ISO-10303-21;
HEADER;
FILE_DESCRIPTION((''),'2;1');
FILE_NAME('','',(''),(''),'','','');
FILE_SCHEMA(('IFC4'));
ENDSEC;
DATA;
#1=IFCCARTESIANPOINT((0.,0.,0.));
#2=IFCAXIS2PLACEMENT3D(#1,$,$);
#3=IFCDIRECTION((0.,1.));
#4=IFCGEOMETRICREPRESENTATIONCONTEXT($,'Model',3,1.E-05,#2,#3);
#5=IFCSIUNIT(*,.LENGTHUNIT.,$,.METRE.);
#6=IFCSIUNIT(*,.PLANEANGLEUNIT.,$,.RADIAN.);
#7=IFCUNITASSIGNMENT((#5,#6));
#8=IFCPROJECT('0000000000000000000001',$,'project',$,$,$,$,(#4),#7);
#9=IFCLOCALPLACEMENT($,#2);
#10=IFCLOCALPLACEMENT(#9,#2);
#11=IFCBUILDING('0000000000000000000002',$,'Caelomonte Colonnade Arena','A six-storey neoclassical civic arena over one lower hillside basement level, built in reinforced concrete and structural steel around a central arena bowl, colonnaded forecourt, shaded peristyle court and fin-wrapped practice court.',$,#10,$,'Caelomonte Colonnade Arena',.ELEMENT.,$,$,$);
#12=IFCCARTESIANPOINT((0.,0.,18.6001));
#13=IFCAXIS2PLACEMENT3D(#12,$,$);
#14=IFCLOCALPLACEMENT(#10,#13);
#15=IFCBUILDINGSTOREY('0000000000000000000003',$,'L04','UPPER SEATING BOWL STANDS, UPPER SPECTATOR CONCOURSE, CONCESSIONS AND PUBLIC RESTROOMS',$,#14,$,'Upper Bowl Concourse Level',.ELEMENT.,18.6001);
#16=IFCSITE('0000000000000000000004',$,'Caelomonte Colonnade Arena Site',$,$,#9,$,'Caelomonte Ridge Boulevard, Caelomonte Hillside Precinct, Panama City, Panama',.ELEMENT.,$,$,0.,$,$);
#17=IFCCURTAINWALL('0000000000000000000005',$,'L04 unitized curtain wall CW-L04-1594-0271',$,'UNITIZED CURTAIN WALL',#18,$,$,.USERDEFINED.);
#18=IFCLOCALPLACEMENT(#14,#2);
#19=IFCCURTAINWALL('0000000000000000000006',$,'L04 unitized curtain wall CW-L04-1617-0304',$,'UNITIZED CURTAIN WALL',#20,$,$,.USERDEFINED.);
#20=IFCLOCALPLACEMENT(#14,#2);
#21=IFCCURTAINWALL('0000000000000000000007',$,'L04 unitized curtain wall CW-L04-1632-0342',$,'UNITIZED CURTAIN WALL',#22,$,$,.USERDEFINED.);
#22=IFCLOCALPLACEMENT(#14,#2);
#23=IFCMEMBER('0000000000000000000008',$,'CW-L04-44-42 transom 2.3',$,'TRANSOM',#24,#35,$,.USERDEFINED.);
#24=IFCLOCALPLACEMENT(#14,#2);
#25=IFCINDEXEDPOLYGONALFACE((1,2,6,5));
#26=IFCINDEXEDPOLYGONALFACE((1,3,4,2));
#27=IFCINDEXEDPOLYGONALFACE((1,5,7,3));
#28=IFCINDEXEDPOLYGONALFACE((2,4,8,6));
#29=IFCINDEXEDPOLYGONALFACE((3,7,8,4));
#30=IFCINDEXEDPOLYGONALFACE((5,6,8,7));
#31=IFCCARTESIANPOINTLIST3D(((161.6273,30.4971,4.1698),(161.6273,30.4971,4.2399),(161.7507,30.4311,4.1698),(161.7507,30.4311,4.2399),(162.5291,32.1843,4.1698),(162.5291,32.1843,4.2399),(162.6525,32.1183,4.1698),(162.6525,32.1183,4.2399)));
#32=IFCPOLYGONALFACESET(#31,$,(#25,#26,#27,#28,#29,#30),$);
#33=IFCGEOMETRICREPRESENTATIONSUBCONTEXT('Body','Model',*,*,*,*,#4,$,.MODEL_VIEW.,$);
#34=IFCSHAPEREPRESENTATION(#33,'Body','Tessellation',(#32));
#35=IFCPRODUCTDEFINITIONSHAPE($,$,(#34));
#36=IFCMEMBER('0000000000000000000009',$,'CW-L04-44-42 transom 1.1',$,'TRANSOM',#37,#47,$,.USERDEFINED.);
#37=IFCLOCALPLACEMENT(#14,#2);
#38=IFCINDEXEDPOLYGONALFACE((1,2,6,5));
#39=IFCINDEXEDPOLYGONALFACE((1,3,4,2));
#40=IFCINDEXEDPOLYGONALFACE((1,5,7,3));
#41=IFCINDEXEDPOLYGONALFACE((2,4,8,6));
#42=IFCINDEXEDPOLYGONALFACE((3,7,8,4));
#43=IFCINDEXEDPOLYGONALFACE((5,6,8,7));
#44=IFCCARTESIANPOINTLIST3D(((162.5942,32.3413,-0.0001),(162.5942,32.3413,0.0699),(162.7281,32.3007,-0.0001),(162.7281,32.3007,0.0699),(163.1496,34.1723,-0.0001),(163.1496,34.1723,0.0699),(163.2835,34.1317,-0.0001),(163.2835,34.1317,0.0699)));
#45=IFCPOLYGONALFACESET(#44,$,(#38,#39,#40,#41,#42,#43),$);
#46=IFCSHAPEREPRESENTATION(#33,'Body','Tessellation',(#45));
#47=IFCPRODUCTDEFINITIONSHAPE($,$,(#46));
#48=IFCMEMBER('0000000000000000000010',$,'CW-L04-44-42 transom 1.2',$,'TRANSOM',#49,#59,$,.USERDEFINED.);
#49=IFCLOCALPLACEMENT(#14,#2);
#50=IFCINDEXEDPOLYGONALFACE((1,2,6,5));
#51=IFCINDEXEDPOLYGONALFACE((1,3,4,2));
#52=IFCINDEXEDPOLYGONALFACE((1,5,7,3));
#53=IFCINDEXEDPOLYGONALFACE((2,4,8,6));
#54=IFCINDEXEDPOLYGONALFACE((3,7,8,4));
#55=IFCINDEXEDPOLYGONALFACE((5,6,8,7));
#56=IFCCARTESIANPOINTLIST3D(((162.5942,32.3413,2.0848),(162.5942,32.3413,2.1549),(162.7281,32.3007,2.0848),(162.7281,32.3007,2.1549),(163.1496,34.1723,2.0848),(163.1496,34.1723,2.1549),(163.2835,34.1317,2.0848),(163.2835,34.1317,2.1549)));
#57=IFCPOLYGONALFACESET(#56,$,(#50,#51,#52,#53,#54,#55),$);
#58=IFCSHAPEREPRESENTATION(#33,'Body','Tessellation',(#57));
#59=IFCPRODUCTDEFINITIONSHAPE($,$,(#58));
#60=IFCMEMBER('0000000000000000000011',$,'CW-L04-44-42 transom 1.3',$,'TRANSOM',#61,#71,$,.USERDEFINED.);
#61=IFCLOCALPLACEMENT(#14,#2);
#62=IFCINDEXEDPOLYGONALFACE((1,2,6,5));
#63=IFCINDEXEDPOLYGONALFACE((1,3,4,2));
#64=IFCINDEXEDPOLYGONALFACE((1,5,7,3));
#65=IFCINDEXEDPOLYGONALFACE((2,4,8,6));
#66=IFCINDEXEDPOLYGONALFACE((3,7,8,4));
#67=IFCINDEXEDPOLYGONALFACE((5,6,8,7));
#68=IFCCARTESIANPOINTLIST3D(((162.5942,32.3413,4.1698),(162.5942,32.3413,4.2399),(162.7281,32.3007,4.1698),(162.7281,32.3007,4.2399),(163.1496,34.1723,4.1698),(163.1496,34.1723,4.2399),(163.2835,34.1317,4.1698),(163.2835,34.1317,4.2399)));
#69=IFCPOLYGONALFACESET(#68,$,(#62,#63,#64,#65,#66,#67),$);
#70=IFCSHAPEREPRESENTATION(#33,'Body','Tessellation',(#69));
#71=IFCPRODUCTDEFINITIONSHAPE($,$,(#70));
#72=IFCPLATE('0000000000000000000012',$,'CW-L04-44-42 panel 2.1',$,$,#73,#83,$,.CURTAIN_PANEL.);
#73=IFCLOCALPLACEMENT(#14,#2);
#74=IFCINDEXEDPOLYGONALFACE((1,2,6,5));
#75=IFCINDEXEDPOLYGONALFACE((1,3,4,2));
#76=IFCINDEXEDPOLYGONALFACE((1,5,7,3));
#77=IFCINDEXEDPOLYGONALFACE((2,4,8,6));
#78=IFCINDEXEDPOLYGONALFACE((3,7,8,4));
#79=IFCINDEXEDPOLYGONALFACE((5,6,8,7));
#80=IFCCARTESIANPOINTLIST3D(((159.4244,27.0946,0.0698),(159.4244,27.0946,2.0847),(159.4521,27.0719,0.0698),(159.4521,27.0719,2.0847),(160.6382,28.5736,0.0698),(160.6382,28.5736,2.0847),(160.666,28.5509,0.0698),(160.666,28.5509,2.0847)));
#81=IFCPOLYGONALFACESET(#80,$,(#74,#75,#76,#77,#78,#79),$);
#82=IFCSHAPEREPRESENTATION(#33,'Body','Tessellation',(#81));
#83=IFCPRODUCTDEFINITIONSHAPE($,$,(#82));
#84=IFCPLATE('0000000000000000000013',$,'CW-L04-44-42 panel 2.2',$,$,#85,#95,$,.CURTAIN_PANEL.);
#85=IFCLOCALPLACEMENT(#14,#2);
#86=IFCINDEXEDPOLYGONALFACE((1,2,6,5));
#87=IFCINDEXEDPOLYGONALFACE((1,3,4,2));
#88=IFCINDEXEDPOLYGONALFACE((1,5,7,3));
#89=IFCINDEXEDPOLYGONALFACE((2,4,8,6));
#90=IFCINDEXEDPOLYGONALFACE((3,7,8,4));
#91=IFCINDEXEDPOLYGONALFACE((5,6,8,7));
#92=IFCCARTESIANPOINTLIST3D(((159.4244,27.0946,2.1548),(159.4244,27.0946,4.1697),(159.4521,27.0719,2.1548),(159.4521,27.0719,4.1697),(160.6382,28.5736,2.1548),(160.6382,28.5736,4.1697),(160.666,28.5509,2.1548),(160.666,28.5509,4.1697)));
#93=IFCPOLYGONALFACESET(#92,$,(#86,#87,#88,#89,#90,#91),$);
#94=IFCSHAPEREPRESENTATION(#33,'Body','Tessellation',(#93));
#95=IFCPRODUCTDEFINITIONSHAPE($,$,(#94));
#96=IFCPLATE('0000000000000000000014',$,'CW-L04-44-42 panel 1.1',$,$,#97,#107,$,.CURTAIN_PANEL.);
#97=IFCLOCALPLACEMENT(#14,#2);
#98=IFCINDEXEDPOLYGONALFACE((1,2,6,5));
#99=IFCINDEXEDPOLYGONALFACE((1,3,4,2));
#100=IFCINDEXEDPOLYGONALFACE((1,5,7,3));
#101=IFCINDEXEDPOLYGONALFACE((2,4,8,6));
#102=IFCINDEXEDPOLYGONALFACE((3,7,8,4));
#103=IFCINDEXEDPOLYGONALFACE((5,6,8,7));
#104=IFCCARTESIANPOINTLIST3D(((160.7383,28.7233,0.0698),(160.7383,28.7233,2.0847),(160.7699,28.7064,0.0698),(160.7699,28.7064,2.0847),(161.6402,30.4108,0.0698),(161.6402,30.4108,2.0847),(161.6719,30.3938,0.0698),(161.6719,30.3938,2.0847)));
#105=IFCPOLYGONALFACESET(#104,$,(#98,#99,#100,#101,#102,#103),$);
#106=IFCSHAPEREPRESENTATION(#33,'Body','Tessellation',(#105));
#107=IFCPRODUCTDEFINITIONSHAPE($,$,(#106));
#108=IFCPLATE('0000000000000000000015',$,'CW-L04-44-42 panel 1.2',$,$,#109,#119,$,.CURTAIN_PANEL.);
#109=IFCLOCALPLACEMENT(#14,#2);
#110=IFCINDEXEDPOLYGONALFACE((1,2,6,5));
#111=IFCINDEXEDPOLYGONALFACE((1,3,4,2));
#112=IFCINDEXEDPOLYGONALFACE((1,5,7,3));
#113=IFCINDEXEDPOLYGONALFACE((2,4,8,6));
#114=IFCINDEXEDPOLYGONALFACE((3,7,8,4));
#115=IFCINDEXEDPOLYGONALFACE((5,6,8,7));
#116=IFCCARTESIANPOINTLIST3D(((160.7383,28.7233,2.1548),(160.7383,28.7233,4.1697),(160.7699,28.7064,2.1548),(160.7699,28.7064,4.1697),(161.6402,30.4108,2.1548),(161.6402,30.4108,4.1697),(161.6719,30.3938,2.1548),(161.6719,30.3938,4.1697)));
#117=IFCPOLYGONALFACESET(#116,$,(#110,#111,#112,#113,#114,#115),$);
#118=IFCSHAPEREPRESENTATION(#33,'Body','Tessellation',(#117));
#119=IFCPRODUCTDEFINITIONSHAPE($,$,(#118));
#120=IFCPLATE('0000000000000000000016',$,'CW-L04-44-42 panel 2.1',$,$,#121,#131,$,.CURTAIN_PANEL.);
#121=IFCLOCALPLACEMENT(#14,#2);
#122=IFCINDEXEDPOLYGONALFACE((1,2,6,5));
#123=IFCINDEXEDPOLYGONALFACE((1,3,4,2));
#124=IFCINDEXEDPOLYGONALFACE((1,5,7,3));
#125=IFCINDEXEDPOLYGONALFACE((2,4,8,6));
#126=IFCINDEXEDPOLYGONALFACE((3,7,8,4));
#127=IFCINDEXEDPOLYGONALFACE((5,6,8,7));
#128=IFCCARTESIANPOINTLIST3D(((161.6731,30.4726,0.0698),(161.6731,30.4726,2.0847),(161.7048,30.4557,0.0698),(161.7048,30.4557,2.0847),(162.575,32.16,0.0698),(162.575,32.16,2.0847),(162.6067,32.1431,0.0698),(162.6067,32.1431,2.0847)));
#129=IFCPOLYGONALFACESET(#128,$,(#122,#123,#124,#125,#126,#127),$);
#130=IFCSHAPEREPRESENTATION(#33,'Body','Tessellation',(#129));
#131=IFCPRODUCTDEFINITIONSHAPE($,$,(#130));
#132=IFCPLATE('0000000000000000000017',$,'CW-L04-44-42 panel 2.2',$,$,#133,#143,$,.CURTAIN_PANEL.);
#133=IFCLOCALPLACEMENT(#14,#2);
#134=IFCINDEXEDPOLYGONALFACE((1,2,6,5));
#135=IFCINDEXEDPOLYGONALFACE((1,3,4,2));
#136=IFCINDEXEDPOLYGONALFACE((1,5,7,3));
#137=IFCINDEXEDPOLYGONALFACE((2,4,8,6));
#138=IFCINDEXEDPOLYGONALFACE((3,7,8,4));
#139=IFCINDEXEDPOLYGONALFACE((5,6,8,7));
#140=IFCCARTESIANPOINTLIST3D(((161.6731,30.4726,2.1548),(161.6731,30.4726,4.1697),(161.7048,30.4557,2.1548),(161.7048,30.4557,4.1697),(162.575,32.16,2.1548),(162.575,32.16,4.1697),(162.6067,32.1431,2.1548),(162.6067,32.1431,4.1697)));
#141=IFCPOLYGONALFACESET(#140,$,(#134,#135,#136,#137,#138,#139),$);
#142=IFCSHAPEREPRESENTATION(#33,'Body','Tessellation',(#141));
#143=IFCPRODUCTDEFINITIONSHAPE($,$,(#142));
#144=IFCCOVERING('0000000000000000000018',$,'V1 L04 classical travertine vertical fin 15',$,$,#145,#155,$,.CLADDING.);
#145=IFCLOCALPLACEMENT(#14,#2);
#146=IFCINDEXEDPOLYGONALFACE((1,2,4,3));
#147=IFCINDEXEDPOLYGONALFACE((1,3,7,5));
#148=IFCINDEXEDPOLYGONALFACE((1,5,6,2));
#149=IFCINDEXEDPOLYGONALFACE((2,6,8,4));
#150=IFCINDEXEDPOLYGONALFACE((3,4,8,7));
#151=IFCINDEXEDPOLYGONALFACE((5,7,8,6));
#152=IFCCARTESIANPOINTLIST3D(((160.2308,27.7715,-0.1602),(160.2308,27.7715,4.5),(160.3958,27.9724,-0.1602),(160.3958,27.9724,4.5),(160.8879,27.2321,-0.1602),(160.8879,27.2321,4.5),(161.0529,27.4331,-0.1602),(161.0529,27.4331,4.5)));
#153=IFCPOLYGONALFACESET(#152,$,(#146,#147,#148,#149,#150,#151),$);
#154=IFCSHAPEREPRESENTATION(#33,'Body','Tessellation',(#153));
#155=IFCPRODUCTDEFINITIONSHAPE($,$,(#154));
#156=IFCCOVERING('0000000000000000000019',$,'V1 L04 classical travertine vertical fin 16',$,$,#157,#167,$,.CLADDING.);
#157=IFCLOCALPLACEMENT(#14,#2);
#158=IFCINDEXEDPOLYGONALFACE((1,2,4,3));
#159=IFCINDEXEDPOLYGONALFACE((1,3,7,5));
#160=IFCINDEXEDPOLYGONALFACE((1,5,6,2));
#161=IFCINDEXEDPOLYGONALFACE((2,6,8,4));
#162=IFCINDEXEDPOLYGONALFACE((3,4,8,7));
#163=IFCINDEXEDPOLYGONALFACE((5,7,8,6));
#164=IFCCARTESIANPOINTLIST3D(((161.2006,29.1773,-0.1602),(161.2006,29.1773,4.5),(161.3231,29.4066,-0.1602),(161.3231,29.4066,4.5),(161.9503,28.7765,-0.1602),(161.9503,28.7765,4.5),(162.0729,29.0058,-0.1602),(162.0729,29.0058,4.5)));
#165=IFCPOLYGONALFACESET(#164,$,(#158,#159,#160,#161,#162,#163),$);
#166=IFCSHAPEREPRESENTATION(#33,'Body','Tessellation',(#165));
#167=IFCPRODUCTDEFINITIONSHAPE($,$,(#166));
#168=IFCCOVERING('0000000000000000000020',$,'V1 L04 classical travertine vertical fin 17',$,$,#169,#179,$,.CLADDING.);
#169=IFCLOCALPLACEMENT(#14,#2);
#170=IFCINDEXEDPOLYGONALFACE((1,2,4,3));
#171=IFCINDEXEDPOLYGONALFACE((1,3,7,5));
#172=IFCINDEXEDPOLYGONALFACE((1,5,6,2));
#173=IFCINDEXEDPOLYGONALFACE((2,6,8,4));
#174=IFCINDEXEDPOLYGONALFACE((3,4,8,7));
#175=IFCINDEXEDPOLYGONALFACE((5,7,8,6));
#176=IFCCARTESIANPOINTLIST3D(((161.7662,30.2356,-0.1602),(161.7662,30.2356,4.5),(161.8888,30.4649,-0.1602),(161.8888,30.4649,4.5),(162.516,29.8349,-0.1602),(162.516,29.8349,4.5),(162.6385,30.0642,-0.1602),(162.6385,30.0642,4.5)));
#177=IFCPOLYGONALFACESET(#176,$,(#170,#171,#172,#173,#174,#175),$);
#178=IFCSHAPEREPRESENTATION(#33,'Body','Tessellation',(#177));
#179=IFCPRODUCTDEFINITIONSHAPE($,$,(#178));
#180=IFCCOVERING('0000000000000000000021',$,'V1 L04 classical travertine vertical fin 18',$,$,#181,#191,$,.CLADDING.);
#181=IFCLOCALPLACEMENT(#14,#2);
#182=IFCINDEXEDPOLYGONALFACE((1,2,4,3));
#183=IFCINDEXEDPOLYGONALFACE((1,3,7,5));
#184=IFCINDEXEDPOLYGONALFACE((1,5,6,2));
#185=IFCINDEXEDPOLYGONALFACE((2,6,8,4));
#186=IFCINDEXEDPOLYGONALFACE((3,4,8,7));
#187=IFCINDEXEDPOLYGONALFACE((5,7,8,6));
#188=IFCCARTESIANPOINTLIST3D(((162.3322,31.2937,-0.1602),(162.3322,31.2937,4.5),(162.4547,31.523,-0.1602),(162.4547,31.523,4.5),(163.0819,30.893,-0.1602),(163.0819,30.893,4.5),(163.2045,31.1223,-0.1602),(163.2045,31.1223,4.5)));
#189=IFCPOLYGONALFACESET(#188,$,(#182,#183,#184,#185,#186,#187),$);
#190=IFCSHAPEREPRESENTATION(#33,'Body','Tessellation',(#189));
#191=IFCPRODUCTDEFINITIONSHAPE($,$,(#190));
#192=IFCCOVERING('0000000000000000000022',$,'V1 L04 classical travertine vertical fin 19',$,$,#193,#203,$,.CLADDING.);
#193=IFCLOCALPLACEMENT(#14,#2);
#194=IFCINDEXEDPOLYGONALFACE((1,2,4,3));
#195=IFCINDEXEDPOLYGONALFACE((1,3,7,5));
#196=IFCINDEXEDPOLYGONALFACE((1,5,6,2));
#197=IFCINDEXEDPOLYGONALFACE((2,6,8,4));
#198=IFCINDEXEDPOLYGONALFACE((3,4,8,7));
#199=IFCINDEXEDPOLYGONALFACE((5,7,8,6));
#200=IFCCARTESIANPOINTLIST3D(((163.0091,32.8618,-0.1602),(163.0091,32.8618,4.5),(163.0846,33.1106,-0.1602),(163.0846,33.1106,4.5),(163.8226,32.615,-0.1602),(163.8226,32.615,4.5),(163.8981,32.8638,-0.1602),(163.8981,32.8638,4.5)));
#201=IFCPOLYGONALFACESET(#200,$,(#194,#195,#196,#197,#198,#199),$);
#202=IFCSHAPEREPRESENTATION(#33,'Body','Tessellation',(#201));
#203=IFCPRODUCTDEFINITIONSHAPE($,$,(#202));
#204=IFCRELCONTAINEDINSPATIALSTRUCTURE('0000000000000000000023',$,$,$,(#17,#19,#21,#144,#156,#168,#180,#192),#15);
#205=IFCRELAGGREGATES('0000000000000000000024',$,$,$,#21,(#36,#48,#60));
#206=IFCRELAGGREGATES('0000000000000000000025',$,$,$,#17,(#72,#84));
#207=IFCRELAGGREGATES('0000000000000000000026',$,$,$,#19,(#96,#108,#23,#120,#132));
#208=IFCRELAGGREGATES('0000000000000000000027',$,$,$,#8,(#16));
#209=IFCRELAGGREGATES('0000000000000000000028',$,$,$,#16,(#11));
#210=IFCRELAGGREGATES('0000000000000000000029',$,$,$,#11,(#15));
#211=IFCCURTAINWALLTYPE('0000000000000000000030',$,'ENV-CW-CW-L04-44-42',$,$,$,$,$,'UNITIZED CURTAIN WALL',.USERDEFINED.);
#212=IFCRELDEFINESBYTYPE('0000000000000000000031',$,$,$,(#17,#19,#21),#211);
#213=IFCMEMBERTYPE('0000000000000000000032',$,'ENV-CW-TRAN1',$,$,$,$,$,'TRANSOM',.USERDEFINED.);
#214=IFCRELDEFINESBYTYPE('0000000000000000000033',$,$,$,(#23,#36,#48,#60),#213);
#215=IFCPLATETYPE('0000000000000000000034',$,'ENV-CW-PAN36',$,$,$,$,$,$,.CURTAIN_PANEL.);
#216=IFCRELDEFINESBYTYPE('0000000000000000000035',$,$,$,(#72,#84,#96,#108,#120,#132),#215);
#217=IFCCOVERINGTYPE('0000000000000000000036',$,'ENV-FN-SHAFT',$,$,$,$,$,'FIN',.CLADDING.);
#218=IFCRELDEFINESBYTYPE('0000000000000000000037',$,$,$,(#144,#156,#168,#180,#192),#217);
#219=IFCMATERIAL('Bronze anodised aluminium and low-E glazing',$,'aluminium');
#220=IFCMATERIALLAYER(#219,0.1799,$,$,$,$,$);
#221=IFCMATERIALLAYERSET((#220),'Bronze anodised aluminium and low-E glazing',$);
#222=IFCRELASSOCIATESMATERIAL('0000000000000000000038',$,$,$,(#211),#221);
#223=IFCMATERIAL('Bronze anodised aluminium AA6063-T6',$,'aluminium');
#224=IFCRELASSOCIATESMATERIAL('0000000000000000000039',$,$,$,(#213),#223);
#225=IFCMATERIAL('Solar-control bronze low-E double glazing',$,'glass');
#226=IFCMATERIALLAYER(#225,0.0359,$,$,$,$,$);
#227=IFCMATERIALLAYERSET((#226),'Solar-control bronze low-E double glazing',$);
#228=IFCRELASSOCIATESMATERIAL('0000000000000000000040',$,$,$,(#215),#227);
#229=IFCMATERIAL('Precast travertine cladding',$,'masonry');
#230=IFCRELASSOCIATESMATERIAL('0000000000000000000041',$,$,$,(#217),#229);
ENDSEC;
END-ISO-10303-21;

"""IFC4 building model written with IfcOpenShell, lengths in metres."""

from ifc_helpers import new_model, si_unit, direction, frame, origin, origin_2d, place, context, subcontext, project, spatial, rectangle, extrude, material, layer, layer_set, material_profile, profile_set, type_object, element, aggregate, save


model = new_model("IFC4")

# Units and contexts
model_context = context("Model", 3, precision=1e-05, world=origin(), true_north=direction((0.0, 1.0)))
body_context = subcontext(model_context, "Body", "Model", "MODEL_VIEW")
ifc_project = project(units=[si_unit("LENGTHUNIT", "METRE"), si_unit("PLANEANGLEUNIT", "RADIAN")], contexts=[model_context])

# Site, building, storey
site_placement = place(None, origin())
site = spatial("IfcSite", under=ifc_project, at=site_placement, Name="Caelomonte Colonnade Arena Site", LongName="Caelomonte Ridge Boulevard, Caelomonte Hillside Precinct, Panama City, Panama", CompositionType="ELEMENT", RefElevation=0.0)
building_placement = place(site_placement, origin())
building = spatial("IfcBuilding", under=site, at=building_placement, Name="Caelomonte Colonnade Arena", Description="A six-storey neoclassical civic arena over one lower hillside basement level, built in reinforced concrete and structural steel around a central arena bowl, colonnaded forecourt, shaded peristyle court and fin-wrapped practice court.", LongName="Caelomonte Colonnade Arena", CompositionType="ELEMENT")
storey_placement = place(building_placement, frame((0.0, 0.0, 18.6001)))
storey = spatial("IfcBuildingStorey", under=building, at=storey_placement, Name="L04", Description="UPPER SEATING BOWL STANDS, UPPER SPECTATOR CONCOURSE, CONCESSIONS AND PUBLIC RESTROOMS", LongName="Upper Bowl Concourse Level", CompositionType="ELEMENT", Elevation=18.6001)

# Curtain walls
ifc_material_1 = material(Name="Bronze anodised aluminium and low-E glazing", Category="aluminium")
ifc_layer_1 = layer(ifc_material_1, 0.1799)
ifc_layer_set_1 = layer_set([ifc_layer_1], Name="Bronze anodised aluminium and low-E glazing")
curtain_wall_type = type_object("IfcCurtainWallType", Name="ENV-CW-CW-L04-44-42", ElementType="UNITIZED CURTAIN WALL", PredefinedType="USERDEFINED", material=ifc_layer_set_1)
curtain_wall_1_placement = place(storey_placement, origin())
curtain_wall_1 = element("IfcCurtainWall", 1, at=curtain_wall_1_placement, inside=storey, type_object=curtain_wall_type, Name="L04 unitized curtain wall CW-L04-1594-0271", ObjectType="UNITIZED CURTAIN WALL", PredefinedType="USERDEFINED")
ifc_material_2 = material(Name="Bronze anodised aluminium AA6063-T6", Category="aluminium")
curtain_wall_2_placement = place(storey_placement, origin())
curtain_wall_2 = element("IfcCurtainWall", 2, at=curtain_wall_2_placement, inside=storey, type_object=curtain_wall_type, Name="L04 unitized curtain wall CW-L04-1617-0304", ObjectType="UNITIZED CURTAIN WALL", PredefinedType="USERDEFINED")

# Curtain wall
curtain_wall_3_placement = place(storey_placement, origin())
curtain_wall_3 = element("IfcCurtainWall", 3, at=curtain_wall_3_placement, inside=storey, type_object=curtain_wall_type, Name="L04 unitized curtain wall CW-L04-1632-0342", ObjectType="UNITIZED CURTAIN WALL", PredefinedType="USERDEFINED")

# Members
ifc_material_profile_1 = material_profile(ifc_material_2, rectangle(XDim=0.0701, YDim=0.1399, at=origin_2d()), Name="CWT-70X140")
ifc_profile_set_1 = profile_set([ifc_material_profile_1], Name="Bronze anodised aluminium AA6063-T6")
member_type_1 = type_object("IfcMemberType", Name="ENV-CW-TRAN1", ElementType="TRANSOM", PredefinedType="USERDEFINED", material=ifc_profile_set_1)
member_1_placement = place(storey_placement, frame((161.689, 30.4641, 4.2048), z_axis=(0.471396, 0.881922, 0.0), x_axis=(0.0, 0.0, 1.0)))
member_1 = element("IfcMember", 4, at=member_1_placement, type_object=member_type_1, Name="CW-L04-44-42 transom 2.3", ObjectType="TRANSOM", PredefinedType="USERDEFINED", context=body_context, shape_type="SweptSolid", body=[
    extrude(rectangle(XDim=0.0701, YDim=0.1399, at=origin_2d()), origin(), (0.0, 0.0, 1.0), 1.9131),
])
member_2_placement = place(storey_placement, frame((162.6611, 32.321, 0.0349), z_axis=(0.290273, 0.956944, 0.0), x_axis=(0.0, 0.0, 1.0)))
member_2 = element("IfcMember", 5, at=member_2_placement, type_object=member_type_1, Name="CW-L04-44-42 transom 1.1", ObjectType="TRANSOM", PredefinedType="USERDEFINED", context=body_context, shape_type="SweptSolid", body=[
    extrude(rectangle(XDim=0.0701, YDim=0.1399, at=origin_2d()), origin(), (0.0, 0.0, 1.0), 1.9133),
])
member_3_placement = place(storey_placement, frame((162.6611, 32.321, 2.1199), z_axis=(0.290273, 0.956944, 0.0), x_axis=(0.0, 0.0, 1.0)))
member_3 = element("IfcMember", 6, at=member_3_placement, type_object=member_type_1, Name="CW-L04-44-42 transom 1.2", ObjectType="TRANSOM", PredefinedType="USERDEFINED", context=body_context, shape_type="SweptSolid", body=[
    extrude(rectangle(XDim=0.0701, YDim=0.1399, at=origin_2d()), origin(), (0.0, 0.0, 1.0), 1.9133),
])
member_4_placement = place(storey_placement, frame((162.6611, 32.321, 4.2048), z_axis=(0.290273, 0.956944, 0.0), x_axis=(0.0, 0.0, 1.0)))
member_4 = element("IfcMember", 7, at=member_4_placement, type_object=member_type_1, Name="CW-L04-44-42 transom 1.3", ObjectType="TRANSOM", PredefinedType="USERDEFINED", context=body_context, shape_type="SweptSolid", body=[
    extrude(rectangle(XDim=0.0701, YDim=0.1399, at=origin_2d()), origin(), (0.0, 0.0, 1.0), 1.9133),
])
aggregate(curtain_wall_3, [member_2, member_3, member_4])

# Plates
ifc_material_3 = material(Name="Solar-control bronze low-E double glazing", Category="glass")
ifc_layer_2 = layer(ifc_material_3, 0.0359)
ifc_layer_set_2 = layer_set([ifc_layer_2], Name="Solar-control bronze low-E double glazing")
plate_type = type_object("IfcPlateType", Name="ENV-CW-PAN36", PredefinedType="CURTAIN_PANEL", material=ifc_layer_set_2)
plate_1_placement = place(storey_placement, frame((160.0452, 27.8228, 0.0698), z_axis=(0.0, 0.0, 1.0), x_axis=(0.634416, 0.772992, 0.0)))
plate_1 = element("IfcPlate", 8, at=plate_1_placement, type_object=plate_type, Name="CW-L04-44-42 panel 2.1", PredefinedType="CURTAIN_PANEL", context=body_context, shape_type="SweptSolid", body=[
    extrude(rectangle(XDim=1.9133, YDim=0.0359, at=origin_2d()), origin(), (0.0, 0.0, 1.0), 2.0149),
])
plate_2_placement = place(storey_placement, frame((160.0452, 27.8228, 2.1548), z_axis=(0.0, 0.0, 1.0), x_axis=(0.634416, 0.772992, 0.0)))
plate_2 = element("IfcPlate", 9, at=plate_2_placement, type_object=plate_type, Name="CW-L04-44-42 panel 2.2", PredefinedType="CURTAIN_PANEL", context=body_context, shape_type="SweptSolid", body=[
    extrude(rectangle(XDim=1.9133, YDim=0.0359, at=origin_2d()), origin(), (0.0, 0.0, 1.0), 2.0149),
])
aggregate(curtain_wall_1, [plate_1, plate_2])
plate_3_placement = place(storey_placement, frame((161.2051, 29.5586, 0.0698), z_axis=(0.0, 0.0, 1.0), x_axis=(0.471394, 0.881923, 0.0)))
plate_3 = element("IfcPlate", 10, at=plate_3_placement, type_object=plate_type, Name="CW-L04-44-42 panel 1.1", PredefinedType="CURTAIN_PANEL", context=body_context, shape_type="SweptSolid", body=[
    extrude(rectangle(XDim=1.9133, YDim=0.0359, at=origin_2d()), origin(), (0.0, 0.0, 1.0), 2.0149),
])
plate_4_placement = place(storey_placement, frame((161.2051, 29.5586, 2.1548), z_axis=(0.0, 0.0, 1.0), x_axis=(0.471394, 0.881923, 0.0)))
plate_4 = element("IfcPlate", 11, at=plate_4_placement, type_object=plate_type, Name="CW-L04-44-42 panel 1.2", PredefinedType="CURTAIN_PANEL", context=body_context, shape_type="SweptSolid", body=[
    extrude(rectangle(XDim=1.9133, YDim=0.0359, at=origin_2d()), origin(), (0.0, 0.0, 1.0), 2.0149),
])
plate_5_placement = place(storey_placement, frame((162.1399, 31.3079, 0.0698), z_axis=(0.0, 0.0, 1.0), x_axis=(0.471394, 0.881923, 0.0)))
plate_5 = element("IfcPlate", 12, at=plate_5_placement, type_object=plate_type, Name="CW-L04-44-42 panel 2.1", PredefinedType="CURTAIN_PANEL", context=body_context, shape_type="SweptSolid", body=[
    extrude(rectangle(XDim=1.9133, YDim=0.0359, at=origin_2d()), origin(), (0.0, 0.0, 1.0), 2.0149),
])
plate_6_placement = place(storey_placement, frame((162.1399, 31.3079, 2.1548), z_axis=(0.0, 0.0, 1.0), x_axis=(0.471394, 0.881923, 0.0)))
plate_6 = element("IfcPlate", 13, at=plate_6_placement, type_object=plate_type, Name="CW-L04-44-42 panel 2.2", PredefinedType="CURTAIN_PANEL", context=body_context, shape_type="SweptSolid", body=[
    extrude(rectangle(XDim=1.9133, YDim=0.0359, at=origin_2d()), origin(), (0.0, 0.0, 1.0), 2.0149),
])
aggregate(curtain_wall_2, [plate_3, plate_4, member_1, plate_5, plate_6])

# Coverings
ifc_material_4 = material(Name="Precast travertine cladding", Category="masonry")
ifc_material_profile_2 = material_profile(ifc_material_4, rectangle(XDim=0.26, YDim=0.8501, at=origin_2d()), Name="FIN260X850")
ifc_profile_set_2 = profile_set([ifc_material_profile_2], Name="Precast travertine cladding")
covering_type = type_object("IfcCoveringType", Name="ENV-FN-SHAFT", ElementType="FIN", PredefinedType="CLADDING", material=ifc_profile_set_2)
for number, where, z_axis, x_axis, name in (
    (14, (160.6418, 27.6023, -0.1602), (0.0, 0.0, 1.0), (-0.634414, -0.772994, 0.0), "V1 L04 classical travertine vertical fin 15"),
    (15, (161.6367, 29.0916, -0.1602), (0.0, 0.0, 1.0), (-0.471397, -0.881921, 0.0), "V1 L04 classical travertine vertical fin 16"),
    (16, (162.2024, 30.1499, -0.1602), (0.0, 0.0, 1.0), (-0.471397, -0.881921, 0.0), "V1 L04 classical travertine vertical fin 17"),
    (17, (162.7683, 31.208, -0.1602), (0.0, 0.0, 1.0), (-0.471397, -0.881921, 0.0), "V1 L04 classical travertine vertical fin 18"),
    (18, (163.4536, 32.8628, -0.1602), (0.0, 0.0, 1.0), (-0.290276, -0.956943, 0.0), "V1 L04 classical travertine vertical fin 19"),
):
    element("IfcCovering", number, at=place(storey_placement, frame(where, z_axis=z_axis, x_axis=x_axis)), inside=storey, type_object=covering_type, Name=name, PredefinedType="CLADDING", context=body_context, shape_type="SweptSolid", body=[
        extrude(rectangle(XDim=0.26, YDim=0.8501, at=origin_2d()), origin(), (0.0, 0.0, 1.0), 4.6602),
    ])

save(model, "model.ifc")
